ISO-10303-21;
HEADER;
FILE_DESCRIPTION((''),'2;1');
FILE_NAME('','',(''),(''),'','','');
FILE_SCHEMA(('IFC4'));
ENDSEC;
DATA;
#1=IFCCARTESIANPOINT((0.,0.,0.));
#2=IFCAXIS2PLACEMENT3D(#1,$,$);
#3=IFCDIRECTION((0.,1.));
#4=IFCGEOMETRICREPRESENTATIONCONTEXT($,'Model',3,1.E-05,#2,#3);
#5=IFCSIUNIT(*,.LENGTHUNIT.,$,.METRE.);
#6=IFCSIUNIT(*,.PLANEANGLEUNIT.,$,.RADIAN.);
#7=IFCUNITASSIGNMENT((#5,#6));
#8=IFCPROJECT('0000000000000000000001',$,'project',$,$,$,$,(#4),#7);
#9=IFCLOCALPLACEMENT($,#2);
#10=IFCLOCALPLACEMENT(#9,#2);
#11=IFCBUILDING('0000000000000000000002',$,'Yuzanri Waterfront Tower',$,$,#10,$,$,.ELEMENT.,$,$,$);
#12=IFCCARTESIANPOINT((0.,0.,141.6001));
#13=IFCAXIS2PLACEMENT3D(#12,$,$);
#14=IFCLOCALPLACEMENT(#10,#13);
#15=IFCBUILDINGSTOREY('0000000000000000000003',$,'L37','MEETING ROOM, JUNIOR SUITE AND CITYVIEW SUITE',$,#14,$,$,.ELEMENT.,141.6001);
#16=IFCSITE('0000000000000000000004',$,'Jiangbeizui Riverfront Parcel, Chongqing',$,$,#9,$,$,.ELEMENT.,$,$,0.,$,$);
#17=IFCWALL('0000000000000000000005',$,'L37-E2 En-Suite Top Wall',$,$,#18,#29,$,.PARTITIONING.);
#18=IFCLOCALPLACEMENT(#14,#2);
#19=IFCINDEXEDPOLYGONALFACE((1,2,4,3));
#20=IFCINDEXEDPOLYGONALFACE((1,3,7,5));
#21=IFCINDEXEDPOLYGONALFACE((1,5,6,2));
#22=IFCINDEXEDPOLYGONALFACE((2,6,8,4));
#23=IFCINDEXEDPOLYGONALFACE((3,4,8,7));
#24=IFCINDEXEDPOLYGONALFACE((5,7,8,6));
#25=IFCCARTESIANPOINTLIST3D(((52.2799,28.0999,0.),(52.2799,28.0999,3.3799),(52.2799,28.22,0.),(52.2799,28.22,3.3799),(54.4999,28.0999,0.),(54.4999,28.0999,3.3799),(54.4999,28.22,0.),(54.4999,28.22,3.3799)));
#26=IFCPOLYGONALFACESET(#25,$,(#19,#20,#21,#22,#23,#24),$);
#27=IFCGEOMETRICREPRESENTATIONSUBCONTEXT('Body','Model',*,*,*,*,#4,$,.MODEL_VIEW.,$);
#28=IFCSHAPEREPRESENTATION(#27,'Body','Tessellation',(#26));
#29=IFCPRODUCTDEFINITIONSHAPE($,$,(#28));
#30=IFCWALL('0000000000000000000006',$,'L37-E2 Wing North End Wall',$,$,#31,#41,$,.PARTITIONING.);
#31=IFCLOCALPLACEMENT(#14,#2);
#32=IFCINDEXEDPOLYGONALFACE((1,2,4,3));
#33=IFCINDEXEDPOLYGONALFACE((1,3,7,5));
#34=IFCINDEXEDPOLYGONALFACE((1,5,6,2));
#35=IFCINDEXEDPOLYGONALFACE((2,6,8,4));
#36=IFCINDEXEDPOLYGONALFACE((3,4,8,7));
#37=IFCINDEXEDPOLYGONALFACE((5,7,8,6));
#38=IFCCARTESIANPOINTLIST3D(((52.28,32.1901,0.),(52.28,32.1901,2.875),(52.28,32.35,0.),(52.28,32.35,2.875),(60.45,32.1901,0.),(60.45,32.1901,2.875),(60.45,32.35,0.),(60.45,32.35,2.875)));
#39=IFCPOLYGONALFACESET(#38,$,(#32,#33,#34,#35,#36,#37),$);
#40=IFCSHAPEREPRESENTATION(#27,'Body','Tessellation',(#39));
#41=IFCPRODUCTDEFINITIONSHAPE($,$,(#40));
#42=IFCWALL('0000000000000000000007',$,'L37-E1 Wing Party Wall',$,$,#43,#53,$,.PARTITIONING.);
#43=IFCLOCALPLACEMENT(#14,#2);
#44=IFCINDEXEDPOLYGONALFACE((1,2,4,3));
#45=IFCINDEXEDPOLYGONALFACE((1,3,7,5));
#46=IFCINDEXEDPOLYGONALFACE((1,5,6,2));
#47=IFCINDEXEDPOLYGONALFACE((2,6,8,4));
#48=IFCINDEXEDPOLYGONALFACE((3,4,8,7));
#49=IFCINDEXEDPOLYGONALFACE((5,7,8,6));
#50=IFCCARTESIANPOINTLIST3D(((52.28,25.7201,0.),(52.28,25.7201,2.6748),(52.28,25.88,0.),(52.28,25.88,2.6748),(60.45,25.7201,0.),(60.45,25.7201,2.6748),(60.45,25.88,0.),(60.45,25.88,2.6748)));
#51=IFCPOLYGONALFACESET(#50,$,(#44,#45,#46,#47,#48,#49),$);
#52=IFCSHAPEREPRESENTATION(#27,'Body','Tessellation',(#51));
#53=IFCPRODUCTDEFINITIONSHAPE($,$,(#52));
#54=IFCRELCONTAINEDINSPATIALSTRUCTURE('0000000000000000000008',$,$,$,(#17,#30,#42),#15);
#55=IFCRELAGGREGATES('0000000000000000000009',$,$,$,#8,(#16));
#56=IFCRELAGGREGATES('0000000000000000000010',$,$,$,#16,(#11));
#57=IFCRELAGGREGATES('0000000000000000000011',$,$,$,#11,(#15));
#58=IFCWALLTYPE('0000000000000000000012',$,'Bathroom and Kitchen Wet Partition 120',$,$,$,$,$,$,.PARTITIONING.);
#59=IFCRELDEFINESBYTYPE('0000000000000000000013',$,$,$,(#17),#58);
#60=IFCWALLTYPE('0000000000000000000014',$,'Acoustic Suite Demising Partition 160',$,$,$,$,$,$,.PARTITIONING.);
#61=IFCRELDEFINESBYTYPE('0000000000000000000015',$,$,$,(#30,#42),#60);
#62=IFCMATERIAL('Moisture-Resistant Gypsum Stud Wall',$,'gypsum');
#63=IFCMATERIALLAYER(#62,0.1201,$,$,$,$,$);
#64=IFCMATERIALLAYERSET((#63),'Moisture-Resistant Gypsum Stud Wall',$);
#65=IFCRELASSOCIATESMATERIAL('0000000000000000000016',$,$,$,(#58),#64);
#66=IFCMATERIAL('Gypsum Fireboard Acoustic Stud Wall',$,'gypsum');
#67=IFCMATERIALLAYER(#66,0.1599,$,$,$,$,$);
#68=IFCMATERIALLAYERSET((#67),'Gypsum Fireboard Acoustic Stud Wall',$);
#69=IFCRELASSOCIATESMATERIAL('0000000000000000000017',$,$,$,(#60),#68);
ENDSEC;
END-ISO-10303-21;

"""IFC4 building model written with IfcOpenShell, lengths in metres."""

from ifc_helpers import new_model, si_unit, direction, frame, frame_2d, origin, place, context, subcontext, project, spatial, rectangle, extrude, source, transform, mapped, material, layer, layer_set, type_object, element, save


model = new_model("IFC4")

# Units and contexts
model_context = context("Model", 3, precision=1e-05, world=origin(), true_north=direction((0.0, 1.0)))
body_context = subcontext(model_context, "Body", "Model", "MODEL_VIEW")
ifc_project = project(units=[si_unit("LENGTHUNIT", "METRE"), si_unit("PLANEANGLEUNIT", "RADIAN")], contexts=[model_context])

# Site, building, storey
site_placement = place(None, origin())
site = spatial("IfcSite", under=ifc_project, at=site_placement, Name="Jiangbeizui Riverfront Parcel, Chongqing", CompositionType="ELEMENT", RefElevation=0.0)
building_placement = place(site_placement, origin())
building = spatial("IfcBuilding", under=site, at=building_placement, Name="Yuzanri Waterfront Tower", CompositionType="ELEMENT")
storey_placement = place(building_placement, frame((0.0, 0.0, 141.6001)))
storey = spatial("IfcBuildingStorey", under=building, at=storey_placement, Name="L37", Description="MEETING ROOM, JUNIOR SUITE AND CITYVIEW SUITE", CompositionType="ELEMENT", Elevation=141.6001)

# Shared definitions
ifc_material_1 = material(Name="Moisture-Resistant Gypsum Stud Wall", Category="gypsum")
ifc_layer_1 = layer(ifc_material_1, 0.1201)
ifc_layer_set_1 = layer_set([ifc_layer_1], Name="Moisture-Resistant Gypsum Stud Wall")
wall_type_1 = type_object("IfcWallType", Name="Bathroom and Kitchen Wet Partition 120", PredefinedType="PARTITIONING", material=ifc_layer_set_1)

# Walls
shared_shape_1 = source(origin(), body_context, "Body", "SweptSolid", [
    extrude(rectangle(XDim=2.22, YDim=0.1201, at=frame_2d((1.1099, 0.0))), origin(), (0.0, 0.0, 1.0), 3.3799),
])
wall_1_placement = place(storey_placement, frame((52.28, 28.1599, 0.0), z_axis=(0.0, 0.0, 1.0), x_axis=(1.0, 0.0, 0.0)))
element("IfcWall", 1, at=wall_1_placement, inside=storey, type_object=wall_type_1, Name="L37-E2 En-Suite Top Wall", PredefinedType="PARTITIONING", context=body_context, shape_type="MappedRepresentation", body=[
    mapped(shared_shape_1, transform((0.0, 0.0, 0.0), scale=1.0)),
])
ifc_material_2 = material(Name="Gypsum Fireboard Acoustic Stud Wall", Category="gypsum")
ifc_layer_2 = layer(ifc_material_2, 0.1599)
ifc_layer_set_2 = layer_set([ifc_layer_2], Name="Gypsum Fireboard Acoustic Stud Wall")
wall_type_2 = type_object("IfcWallType", Name="Acoustic Suite Demising Partition 160", PredefinedType="PARTITIONING", material=ifc_layer_set_2)
shared_shape_2 = source(origin(), body_context, "Body", "SweptSolid", [
    extrude(rectangle(XDim=8.1699, YDim=0.1599, at=frame_2d((4.085, 0.0))), origin(), (0.0, 0.0, 1.0), 2.875),
])
wall_2_placement = place(storey_placement, frame((52.28, 32.27, 0.0), z_axis=(0.0, 0.0, 1.0), x_axis=(1.0, 0.0, 0.0)))
element("IfcWall", 2, at=wall_2_placement, inside=storey, type_object=wall_type_2, Name="L37-E2 Wing North End Wall", PredefinedType="PARTITIONING", context=body_context, shape_type="MappedRepresentation", body=[
    mapped(shared_shape_2, transform((0.0, 0.0, 0.0), scale=1.0)),
])
shared_shape_3 = source(origin(), body_context, "Body", "SweptSolid", [
    extrude(rectangle(XDim=8.1699, YDim=0.1599, at=frame_2d((4.085, 0.0))), origin(), (0.0, 0.0, 1.0), 2.6748),
])
wall_3_placement = place(storey_placement, frame((52.28, 25.8, 0.0), z_axis=(0.0, 0.0, 1.0), x_axis=(1.0, 0.0, 0.0)))
element("IfcWall", 3, at=wall_3_placement, inside=storey, type_object=wall_type_2, Name="L37-E1 Wing Party Wall", PredefinedType="PARTITIONING", context=body_context, shape_type="MappedRepresentation", body=[
    mapped(shared_shape_3, transform((0.0, 0.0, 0.0), scale=1.0)),
])

save(model, "model.ifc")
